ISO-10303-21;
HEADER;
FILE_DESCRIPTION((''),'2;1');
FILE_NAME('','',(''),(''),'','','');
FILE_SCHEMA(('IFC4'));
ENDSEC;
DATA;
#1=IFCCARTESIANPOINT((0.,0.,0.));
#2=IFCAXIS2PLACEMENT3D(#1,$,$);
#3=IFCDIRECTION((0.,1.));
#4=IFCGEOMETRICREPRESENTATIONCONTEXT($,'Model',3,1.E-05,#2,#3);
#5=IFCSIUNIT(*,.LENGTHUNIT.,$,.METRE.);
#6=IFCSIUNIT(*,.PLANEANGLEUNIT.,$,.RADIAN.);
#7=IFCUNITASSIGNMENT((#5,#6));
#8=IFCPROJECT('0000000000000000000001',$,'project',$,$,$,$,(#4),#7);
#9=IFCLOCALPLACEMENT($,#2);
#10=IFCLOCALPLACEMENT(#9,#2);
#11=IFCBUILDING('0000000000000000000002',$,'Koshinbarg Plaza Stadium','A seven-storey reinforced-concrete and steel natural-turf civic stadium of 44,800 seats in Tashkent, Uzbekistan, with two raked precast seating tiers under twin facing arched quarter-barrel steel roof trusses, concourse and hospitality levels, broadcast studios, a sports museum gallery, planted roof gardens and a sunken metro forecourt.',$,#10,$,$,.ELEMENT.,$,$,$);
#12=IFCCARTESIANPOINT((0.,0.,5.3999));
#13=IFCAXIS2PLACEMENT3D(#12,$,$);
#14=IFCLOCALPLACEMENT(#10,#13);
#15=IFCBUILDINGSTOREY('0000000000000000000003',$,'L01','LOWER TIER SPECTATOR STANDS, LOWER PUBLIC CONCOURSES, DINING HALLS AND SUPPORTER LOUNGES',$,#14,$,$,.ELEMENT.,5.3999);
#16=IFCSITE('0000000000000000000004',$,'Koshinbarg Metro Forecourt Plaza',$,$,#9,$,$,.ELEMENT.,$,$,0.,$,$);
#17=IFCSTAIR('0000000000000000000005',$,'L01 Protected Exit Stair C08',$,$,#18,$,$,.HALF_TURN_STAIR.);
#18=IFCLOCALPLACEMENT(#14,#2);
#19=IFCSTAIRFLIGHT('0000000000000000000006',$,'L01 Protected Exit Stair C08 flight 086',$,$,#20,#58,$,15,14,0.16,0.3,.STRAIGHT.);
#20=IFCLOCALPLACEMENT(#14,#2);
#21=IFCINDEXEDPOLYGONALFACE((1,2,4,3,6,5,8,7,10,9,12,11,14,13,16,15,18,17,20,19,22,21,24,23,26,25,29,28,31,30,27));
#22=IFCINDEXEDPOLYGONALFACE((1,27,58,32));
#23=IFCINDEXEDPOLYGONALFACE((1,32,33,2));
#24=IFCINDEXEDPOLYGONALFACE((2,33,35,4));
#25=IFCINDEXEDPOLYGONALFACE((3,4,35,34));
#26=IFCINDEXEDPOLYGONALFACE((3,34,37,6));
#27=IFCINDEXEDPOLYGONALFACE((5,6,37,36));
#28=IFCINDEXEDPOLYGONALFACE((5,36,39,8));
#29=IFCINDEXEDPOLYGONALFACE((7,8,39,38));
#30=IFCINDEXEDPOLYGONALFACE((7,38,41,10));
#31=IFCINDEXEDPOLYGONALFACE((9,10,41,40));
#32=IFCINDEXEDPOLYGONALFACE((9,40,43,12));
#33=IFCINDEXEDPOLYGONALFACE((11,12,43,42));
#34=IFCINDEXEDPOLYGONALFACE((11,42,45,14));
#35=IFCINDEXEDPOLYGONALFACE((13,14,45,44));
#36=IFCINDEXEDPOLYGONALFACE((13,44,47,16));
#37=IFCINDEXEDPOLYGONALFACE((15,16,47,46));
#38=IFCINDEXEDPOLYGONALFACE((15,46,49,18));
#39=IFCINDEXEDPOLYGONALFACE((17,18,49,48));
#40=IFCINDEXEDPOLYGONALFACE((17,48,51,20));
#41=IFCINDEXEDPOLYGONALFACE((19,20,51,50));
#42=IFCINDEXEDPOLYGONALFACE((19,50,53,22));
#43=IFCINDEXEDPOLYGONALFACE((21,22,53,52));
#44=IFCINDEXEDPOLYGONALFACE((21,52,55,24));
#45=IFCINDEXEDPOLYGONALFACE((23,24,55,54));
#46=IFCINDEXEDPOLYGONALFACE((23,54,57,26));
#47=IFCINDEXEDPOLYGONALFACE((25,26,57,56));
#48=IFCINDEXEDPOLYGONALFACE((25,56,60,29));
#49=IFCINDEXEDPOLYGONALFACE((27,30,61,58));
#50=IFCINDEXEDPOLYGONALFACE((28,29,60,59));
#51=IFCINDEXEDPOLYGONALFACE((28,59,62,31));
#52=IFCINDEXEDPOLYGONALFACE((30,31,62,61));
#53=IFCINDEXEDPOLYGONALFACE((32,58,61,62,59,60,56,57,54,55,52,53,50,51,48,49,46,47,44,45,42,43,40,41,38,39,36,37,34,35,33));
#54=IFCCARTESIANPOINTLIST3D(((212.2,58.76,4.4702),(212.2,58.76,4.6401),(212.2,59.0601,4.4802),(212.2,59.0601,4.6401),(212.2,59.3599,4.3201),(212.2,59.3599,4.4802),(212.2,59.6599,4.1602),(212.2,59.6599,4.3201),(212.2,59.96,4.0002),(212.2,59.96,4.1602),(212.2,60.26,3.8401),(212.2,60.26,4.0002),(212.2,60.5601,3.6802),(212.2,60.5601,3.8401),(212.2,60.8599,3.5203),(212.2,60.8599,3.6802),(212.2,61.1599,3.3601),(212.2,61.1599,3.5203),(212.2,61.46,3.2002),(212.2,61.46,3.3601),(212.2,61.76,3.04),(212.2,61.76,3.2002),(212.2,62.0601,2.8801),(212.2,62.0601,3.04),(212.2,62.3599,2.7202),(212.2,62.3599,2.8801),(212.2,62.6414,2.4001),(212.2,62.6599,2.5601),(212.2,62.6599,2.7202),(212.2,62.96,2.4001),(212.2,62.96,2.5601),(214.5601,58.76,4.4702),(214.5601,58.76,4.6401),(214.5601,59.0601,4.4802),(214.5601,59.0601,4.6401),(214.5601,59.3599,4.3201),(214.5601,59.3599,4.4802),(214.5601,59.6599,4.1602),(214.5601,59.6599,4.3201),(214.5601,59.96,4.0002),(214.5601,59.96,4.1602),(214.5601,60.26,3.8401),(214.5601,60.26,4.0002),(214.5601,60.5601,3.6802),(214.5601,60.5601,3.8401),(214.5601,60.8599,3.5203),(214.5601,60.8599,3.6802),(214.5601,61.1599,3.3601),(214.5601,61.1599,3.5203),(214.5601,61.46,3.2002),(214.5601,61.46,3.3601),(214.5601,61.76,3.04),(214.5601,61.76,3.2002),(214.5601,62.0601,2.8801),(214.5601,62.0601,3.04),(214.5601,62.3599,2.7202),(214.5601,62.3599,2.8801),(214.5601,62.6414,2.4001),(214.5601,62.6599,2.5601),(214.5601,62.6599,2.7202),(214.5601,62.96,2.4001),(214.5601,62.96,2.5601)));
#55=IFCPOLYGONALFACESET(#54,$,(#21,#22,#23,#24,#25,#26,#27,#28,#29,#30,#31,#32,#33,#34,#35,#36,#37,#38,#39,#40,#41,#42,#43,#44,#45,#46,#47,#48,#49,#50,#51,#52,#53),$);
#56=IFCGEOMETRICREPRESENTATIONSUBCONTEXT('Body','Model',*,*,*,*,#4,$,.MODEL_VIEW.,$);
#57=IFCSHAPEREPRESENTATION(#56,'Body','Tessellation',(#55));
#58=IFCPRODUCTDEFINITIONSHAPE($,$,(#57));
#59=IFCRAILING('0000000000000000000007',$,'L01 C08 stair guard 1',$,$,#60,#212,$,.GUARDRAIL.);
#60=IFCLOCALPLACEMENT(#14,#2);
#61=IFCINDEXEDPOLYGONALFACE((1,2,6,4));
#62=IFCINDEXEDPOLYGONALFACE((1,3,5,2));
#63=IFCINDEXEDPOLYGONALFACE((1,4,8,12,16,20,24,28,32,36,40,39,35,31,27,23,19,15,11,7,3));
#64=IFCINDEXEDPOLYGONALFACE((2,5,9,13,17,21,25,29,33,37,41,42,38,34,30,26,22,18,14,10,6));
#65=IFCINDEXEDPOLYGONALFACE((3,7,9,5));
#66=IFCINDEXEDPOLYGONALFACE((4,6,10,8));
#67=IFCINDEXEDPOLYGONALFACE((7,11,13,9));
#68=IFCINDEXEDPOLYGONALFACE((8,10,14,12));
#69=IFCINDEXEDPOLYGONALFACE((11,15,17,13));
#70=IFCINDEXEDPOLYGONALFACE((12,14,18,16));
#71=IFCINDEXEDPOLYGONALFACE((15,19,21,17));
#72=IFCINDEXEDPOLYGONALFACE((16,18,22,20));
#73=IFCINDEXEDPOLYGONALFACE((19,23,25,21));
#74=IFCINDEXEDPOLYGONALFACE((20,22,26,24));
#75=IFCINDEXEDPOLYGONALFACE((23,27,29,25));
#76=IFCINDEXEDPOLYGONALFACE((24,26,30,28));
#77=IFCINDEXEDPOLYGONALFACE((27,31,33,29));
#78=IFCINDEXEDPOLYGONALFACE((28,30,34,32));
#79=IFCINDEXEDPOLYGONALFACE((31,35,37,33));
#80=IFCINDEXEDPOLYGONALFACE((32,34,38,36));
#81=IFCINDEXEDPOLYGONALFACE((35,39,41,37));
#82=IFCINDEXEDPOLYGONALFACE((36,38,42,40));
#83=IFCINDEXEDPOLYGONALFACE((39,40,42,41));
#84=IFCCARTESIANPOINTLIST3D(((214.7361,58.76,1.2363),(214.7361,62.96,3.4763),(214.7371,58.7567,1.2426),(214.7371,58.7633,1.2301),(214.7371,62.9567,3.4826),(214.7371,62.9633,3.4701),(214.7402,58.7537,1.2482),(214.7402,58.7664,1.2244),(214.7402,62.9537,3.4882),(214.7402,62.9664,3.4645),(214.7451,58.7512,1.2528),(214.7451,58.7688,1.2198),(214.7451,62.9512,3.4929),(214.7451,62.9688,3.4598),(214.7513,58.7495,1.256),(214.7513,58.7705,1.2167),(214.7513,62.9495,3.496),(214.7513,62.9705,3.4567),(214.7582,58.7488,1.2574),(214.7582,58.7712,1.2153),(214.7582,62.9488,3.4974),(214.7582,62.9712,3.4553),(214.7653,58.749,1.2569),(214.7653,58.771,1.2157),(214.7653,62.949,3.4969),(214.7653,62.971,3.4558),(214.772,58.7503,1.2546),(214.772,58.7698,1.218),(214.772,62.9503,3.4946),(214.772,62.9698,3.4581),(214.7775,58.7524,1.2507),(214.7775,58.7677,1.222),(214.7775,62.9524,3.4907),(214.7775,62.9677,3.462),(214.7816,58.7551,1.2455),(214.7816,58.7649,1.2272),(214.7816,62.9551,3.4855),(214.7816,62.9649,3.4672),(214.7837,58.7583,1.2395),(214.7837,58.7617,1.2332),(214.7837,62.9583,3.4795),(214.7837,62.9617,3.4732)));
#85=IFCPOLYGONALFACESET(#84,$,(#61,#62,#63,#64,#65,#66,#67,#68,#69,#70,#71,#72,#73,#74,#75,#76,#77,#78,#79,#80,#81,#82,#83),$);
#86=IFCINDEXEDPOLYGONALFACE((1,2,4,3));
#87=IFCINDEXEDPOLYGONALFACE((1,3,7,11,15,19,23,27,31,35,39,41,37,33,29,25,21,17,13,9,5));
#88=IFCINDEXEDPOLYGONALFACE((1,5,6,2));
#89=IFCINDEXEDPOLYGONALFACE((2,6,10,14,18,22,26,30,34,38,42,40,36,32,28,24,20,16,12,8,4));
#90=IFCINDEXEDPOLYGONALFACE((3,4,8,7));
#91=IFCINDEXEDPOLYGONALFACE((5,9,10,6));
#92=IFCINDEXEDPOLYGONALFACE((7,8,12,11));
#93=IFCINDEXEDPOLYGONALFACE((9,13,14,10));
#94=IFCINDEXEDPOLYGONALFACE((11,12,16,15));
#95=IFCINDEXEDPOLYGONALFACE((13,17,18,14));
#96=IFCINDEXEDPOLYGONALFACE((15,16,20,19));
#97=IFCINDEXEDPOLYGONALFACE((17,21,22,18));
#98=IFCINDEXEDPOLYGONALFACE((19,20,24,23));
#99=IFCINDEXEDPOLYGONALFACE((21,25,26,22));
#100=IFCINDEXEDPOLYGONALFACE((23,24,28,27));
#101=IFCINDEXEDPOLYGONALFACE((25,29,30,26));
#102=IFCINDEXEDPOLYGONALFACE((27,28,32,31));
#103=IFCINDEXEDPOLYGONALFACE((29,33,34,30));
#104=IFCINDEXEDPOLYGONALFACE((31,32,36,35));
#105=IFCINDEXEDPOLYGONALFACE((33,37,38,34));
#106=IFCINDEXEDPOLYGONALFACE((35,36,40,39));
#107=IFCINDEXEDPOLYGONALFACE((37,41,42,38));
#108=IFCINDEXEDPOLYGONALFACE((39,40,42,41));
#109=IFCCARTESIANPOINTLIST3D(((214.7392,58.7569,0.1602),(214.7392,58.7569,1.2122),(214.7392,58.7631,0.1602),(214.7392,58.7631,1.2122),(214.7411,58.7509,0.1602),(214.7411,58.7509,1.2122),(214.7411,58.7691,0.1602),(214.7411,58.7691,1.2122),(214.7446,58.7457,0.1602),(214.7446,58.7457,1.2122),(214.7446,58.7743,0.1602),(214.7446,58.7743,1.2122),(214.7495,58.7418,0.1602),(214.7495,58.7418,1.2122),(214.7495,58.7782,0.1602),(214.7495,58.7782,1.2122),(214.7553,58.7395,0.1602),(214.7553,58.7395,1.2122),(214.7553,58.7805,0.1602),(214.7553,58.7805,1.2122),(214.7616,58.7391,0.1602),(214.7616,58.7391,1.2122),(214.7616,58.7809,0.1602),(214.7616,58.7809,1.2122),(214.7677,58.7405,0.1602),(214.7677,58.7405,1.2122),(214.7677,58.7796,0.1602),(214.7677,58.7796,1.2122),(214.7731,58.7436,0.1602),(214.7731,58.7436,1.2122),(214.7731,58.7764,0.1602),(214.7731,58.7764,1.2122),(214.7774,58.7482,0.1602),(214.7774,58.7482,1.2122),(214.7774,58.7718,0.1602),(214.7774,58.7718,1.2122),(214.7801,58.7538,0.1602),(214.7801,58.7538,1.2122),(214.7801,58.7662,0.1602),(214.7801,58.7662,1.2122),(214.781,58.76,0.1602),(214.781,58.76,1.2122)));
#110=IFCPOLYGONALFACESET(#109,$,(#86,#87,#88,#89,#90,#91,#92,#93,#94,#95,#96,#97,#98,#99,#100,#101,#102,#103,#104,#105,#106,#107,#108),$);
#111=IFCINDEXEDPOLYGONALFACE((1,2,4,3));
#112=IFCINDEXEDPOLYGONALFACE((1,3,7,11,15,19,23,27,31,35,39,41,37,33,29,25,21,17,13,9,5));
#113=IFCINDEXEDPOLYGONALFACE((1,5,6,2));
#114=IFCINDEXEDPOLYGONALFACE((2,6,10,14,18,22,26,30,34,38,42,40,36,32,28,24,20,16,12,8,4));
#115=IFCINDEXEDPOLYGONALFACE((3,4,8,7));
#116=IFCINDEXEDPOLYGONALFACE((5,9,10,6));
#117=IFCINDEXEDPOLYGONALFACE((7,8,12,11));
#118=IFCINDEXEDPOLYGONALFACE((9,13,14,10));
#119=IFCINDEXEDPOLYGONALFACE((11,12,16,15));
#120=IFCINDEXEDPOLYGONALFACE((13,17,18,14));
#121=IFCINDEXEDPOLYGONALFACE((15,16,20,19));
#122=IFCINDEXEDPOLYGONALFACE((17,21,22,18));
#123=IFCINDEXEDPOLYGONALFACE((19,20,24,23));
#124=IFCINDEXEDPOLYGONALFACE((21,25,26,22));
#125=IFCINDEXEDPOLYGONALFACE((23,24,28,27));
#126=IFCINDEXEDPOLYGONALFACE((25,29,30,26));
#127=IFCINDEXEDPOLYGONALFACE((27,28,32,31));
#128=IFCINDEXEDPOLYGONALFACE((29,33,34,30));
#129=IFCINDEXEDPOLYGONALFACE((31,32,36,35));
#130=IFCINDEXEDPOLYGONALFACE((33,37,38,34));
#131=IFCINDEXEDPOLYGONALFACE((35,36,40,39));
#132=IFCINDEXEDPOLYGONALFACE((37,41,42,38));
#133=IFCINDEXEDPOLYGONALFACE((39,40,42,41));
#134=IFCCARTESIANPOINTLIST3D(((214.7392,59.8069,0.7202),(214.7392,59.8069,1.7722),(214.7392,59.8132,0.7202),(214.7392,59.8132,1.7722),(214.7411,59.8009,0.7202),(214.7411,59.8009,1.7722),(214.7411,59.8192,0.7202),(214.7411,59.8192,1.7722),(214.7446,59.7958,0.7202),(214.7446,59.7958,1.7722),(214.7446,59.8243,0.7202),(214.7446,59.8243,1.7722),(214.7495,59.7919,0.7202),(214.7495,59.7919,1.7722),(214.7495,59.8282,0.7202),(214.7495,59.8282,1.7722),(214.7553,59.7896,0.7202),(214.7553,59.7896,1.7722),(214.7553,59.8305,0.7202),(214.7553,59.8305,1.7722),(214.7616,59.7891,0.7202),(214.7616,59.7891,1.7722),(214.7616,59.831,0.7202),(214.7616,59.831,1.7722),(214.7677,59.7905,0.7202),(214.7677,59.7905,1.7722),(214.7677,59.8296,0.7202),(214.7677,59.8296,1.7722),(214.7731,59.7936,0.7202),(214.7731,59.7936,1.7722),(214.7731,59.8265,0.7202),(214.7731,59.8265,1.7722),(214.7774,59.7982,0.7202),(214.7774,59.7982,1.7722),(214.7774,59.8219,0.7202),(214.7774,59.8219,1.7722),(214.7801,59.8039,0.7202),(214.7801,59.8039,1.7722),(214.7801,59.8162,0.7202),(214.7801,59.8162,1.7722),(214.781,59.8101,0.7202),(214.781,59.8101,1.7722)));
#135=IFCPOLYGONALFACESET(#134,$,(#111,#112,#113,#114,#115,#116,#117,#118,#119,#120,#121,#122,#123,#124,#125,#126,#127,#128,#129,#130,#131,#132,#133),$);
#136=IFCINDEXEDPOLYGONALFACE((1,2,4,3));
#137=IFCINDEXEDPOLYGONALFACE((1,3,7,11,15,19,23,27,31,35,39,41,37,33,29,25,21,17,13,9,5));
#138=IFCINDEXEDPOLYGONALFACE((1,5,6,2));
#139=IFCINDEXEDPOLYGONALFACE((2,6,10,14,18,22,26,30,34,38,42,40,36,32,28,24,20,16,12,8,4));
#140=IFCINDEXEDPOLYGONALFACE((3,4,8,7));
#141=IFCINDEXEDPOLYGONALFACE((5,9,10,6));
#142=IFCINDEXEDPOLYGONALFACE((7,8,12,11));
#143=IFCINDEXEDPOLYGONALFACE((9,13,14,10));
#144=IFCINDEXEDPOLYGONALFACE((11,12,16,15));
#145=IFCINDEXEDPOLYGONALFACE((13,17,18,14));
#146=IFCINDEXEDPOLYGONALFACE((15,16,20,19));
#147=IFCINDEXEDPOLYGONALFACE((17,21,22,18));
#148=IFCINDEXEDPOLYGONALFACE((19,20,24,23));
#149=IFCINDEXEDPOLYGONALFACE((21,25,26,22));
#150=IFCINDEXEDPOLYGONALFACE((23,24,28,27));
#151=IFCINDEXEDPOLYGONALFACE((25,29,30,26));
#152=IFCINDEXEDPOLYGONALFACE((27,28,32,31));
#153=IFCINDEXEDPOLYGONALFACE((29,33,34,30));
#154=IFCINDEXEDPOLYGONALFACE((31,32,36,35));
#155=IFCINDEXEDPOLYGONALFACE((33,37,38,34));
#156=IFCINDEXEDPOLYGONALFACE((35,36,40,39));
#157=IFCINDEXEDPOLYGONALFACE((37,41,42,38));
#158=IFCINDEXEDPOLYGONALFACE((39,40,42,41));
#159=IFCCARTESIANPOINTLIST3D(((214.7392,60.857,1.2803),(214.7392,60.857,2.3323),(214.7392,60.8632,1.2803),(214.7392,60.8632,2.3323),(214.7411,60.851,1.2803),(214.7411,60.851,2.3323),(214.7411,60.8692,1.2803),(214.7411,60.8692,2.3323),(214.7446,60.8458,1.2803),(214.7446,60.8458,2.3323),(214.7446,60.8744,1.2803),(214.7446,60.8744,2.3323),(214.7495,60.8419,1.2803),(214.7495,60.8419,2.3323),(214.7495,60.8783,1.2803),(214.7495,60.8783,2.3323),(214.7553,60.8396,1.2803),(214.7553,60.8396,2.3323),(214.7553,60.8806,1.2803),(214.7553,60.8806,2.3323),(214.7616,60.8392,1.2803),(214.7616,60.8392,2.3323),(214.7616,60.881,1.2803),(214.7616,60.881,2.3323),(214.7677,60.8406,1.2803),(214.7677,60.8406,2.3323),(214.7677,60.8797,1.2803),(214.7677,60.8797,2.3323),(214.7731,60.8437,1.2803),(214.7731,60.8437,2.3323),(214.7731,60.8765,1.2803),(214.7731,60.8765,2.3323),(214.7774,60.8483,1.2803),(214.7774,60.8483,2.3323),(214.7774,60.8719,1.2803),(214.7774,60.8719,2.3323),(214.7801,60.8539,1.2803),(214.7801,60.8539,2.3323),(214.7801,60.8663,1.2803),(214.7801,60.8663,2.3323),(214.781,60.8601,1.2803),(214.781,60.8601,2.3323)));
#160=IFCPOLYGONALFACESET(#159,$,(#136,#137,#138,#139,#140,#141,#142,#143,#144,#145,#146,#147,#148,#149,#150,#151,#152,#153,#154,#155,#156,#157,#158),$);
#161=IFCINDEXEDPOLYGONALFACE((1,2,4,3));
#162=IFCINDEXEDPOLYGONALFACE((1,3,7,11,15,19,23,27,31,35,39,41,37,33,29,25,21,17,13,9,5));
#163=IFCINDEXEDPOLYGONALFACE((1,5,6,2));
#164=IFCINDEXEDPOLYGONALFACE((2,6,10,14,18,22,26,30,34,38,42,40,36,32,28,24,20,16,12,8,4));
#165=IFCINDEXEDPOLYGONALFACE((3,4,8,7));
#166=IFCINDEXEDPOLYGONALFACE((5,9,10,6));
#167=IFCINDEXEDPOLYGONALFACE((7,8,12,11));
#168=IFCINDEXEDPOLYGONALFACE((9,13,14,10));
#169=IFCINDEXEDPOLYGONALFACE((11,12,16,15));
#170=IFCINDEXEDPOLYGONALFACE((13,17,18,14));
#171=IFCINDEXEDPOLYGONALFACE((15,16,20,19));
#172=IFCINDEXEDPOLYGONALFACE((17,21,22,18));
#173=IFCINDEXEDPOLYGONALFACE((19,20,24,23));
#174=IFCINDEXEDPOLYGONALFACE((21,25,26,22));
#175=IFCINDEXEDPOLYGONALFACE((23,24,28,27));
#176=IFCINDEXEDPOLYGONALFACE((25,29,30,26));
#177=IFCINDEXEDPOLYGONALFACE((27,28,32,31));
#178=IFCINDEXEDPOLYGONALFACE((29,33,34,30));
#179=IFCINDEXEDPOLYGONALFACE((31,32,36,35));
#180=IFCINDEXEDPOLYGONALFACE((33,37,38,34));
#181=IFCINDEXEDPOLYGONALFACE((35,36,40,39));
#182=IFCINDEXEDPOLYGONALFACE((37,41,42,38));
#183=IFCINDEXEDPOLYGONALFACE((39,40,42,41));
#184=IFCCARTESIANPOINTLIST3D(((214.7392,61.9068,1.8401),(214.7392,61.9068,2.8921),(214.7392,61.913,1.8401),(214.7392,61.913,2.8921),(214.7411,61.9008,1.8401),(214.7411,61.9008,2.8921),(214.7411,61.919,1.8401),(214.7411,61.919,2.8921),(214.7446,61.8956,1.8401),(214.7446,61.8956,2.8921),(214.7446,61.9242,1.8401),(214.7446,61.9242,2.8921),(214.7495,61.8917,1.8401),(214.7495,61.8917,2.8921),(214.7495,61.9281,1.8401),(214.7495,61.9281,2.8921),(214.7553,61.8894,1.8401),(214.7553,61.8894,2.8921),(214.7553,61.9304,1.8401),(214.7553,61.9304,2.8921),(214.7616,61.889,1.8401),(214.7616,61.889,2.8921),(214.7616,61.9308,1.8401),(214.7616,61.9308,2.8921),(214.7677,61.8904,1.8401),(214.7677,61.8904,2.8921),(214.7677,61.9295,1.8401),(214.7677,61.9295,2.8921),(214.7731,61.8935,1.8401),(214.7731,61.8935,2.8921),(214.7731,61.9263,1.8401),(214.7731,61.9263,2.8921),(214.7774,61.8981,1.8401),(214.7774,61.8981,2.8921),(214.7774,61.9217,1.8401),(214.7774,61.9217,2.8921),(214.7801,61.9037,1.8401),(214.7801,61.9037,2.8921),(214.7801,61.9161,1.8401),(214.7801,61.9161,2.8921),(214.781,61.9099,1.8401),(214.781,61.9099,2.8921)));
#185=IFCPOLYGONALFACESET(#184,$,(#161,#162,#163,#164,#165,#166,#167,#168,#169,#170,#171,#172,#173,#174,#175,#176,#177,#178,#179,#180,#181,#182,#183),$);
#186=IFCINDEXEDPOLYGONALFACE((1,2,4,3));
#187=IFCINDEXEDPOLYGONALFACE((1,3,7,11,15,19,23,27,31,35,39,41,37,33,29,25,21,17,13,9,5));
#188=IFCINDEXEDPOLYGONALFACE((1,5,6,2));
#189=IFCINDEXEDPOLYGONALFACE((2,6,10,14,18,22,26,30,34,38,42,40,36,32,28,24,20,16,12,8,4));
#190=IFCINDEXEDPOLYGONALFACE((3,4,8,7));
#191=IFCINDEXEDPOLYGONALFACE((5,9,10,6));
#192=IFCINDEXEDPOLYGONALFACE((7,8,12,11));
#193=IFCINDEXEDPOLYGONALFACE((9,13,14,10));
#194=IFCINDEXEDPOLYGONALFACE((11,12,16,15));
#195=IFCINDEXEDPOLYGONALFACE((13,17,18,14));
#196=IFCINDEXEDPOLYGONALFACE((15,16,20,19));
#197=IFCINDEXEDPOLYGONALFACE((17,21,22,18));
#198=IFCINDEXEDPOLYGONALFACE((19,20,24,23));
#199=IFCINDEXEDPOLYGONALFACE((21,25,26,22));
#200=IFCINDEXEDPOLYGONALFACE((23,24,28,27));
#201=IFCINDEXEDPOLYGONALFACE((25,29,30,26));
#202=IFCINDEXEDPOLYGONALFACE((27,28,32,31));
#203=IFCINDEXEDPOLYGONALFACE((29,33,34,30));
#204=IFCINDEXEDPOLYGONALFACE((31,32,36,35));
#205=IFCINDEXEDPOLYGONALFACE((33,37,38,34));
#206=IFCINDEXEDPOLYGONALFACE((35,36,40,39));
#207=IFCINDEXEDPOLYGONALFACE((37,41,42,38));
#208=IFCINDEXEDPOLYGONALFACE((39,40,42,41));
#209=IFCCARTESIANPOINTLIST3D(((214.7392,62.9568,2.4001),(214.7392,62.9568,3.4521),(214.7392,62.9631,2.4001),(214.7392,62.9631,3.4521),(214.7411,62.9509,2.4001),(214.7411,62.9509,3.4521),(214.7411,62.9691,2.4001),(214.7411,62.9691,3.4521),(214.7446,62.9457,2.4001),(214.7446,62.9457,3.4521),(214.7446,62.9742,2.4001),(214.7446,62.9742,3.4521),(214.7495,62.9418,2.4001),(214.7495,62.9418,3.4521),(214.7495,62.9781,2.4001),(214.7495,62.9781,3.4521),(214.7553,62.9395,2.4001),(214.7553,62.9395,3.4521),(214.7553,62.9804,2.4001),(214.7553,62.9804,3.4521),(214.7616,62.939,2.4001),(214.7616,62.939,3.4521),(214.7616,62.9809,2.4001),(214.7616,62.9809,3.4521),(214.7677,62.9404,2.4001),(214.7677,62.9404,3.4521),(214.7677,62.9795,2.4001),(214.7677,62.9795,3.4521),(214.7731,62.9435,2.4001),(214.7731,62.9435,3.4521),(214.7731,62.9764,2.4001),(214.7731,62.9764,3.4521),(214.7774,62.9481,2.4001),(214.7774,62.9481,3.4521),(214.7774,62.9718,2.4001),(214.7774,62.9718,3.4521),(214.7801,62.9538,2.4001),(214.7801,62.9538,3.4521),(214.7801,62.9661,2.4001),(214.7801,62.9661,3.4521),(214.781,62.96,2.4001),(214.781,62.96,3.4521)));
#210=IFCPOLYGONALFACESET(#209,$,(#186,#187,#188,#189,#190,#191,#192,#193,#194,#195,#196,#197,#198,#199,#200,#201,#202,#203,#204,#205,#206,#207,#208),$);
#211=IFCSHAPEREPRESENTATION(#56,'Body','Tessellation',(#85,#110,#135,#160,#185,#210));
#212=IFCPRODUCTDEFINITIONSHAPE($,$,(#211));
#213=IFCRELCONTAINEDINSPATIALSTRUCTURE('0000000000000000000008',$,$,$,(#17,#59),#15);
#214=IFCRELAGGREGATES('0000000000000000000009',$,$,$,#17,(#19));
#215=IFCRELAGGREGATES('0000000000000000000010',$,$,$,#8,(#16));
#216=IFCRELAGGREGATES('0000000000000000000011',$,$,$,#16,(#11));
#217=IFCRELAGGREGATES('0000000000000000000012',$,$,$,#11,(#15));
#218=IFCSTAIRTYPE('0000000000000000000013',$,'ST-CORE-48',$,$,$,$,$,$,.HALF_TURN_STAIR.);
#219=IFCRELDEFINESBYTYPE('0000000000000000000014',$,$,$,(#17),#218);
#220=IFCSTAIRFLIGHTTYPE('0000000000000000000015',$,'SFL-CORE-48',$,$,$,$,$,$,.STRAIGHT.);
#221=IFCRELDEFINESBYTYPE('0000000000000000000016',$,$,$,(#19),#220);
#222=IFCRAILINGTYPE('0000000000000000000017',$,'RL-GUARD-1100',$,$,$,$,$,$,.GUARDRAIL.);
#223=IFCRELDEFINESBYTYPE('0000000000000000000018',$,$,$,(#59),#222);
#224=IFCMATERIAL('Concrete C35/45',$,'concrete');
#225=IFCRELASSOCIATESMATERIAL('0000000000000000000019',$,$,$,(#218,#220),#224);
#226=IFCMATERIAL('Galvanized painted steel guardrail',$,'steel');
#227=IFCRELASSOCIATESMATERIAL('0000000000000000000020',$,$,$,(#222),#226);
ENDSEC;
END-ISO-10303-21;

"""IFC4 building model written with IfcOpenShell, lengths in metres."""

from ifc_helpers import new_model, si_unit, direction, frame, origin, origin_2d, place, context, subcontext, project, spatial, polyline, circle, outline, extrude, material, type_object, element, aggregate, save


model = new_model("IFC4")

# Units and contexts
model_context = context("Model", 3, precision=1e-05, world=origin(), true_north=direction((0.0, 1.0)))
body_context = subcontext(model_context, "Body", "Model", "MODEL_VIEW")
ifc_project = project(units=[si_unit("LENGTHUNIT", "METRE"), si_unit("PLANEANGLEUNIT", "RADIAN")], contexts=[model_context])

# Site, building, storey
site_placement = place(None, origin())
site = spatial("IfcSite", under=ifc_project, at=site_placement, Name="Koshinbarg Metro Forecourt Plaza", CompositionType="ELEMENT", RefElevation=0.0)
building_placement = place(site_placement, origin())
building = spatial("IfcBuilding", under=site, at=building_placement, Name="Koshinbarg Plaza Stadium", Description="A seven-storey reinforced-concrete and steel natural-turf civic stadium of 44,800 seats in Tashkent, Uzbekistan, with two raked precast seating tiers under twin facing arched quarter-barrel steel roof trusses, concourse and hospitality levels, broadcast studios, a sports museum gallery, planted roof gardens and a sunken metro forecourt.", CompositionType="ELEMENT")
storey_placement = place(building_placement, frame((0.0, 0.0, 5.3999)))
storey = spatial("IfcBuildingStorey", under=building, at=storey_placement, Name="L01", Description="LOWER TIER SPECTATOR STANDS, LOWER PUBLIC CONCOURSES, DINING HALLS AND SUPPORTER LOUNGES", CompositionType="ELEMENT", Elevation=5.3999)

# Stair, stair flight
ifc_material_1 = material(Name="Concrete C35/45", Category="concrete")
stair_type = type_object("IfcStairType", Name="ST-CORE-48", PredefinedType="HALF_TURN_STAIR", material=ifc_material_1)
stair_placement = place(storey_placement, origin())
stair = element("IfcStair", 1, at=stair_placement, inside=storey, type_object=stair_type, Name="L01 Protected Exit Stair C08", PredefinedType="HALF_TURN_STAIR")
stair_flight_type = type_object("IfcStairFlightType", Name="SFL-CORE-48", PredefinedType="STRAIGHT", material=ifc_material_1)
stair_flight_1_placement = place(storey_placement, frame((213.3799, 62.96, 2.4001), z_axis=(0.0, 0.0, 1.0), x_axis=(0.0, -1.0, 0.0)))
stair_flight_1 = element("IfcStairFlight", 2, at=stair_flight_1_placement, type_object=stair_flight_type, Name="L01 Protected Exit Stair C08 flight 086", NumberOfRisers=15, NumberOfTreads=14, PredefinedType="STRAIGHT", RiserHeight=0.16, TreadLength=0.3, context=body_context, shape_type="SweptSolid", body=[
    extrude(outline(polyline([(0.0, 0.0), (0.0, 0.1599), (0.3, 0.1599), (0.3, 0.3201), (0.6001, 0.3201), (0.6001, 0.48), (0.8999, 0.48), (0.8999, 0.6399), (1.2, 0.6399), (1.2, 0.8), (1.5, 0.8), (1.5, 0.96), (1.8, 0.96), (1.8, 1.1201), (2.1001, 1.1201), (2.1001, 1.28), (2.3999, 1.28), (2.3999, 1.4399), (2.7, 1.4399), (2.7, 1.6001), (3.0, 1.6001), (3.0, 1.76), (3.3, 1.76), (3.3, 1.9199), (3.6001, 1.9199), (3.6001, 2.0801), (3.8999, 2.0801), (3.8999, 2.24), (4.2, 2.24), (4.2, 2.3999), (4.2, 2.0701), (0.3186, 0.0), (0.0, 0.0)])), frame((0.0, 1.1802, 0.0), z_axis=(0.0, -1.0, 0.0), x_axis=(1.0, 0.0, 0.0)), (0.0, 0.0, 1.0), 2.3601),
])
aggregate(stair, [stair_flight_1])

# Railing
ifc_material_2 = material(Name="Galvanized painted steel guardrail", Category="steel")
railing_type_1 = type_object("IfcRailingType", Name="RL-GUARD-1100", PredefinedType="GUARDRAIL", material=ifc_material_2)
railing_1_placement = place(storey_placement, frame((214.76, 58.76, 0.1602)))
element("IfcRailing", 3, at=railing_1_placement, inside=storey, type_object=railing_type_1, Name="L01 C08 stair guard 1", PredefinedType="GUARDRAIL", context=body_context, shape_type="SweptSolid", body=[
    extrude(circle(Radius=0.0239, at=origin_2d()), frame((0.0, 0.0, 1.0762), z_axis=(0.0, 0.882352, 0.470591), x_axis=(-1.0, 0.0, 0.0)), (0.0, 0.0, 1.0), 4.76),
    extrude(circle(Radius=0.021, at=origin_2d()), origin(), (0.0, 0.0, 1.0), 1.052),
    extrude(circle(Radius=0.021, at=origin_2d()), frame((0.0, 1.05, 0.5601)), (0.0, 0.0, 1.0), 1.052),
    extrude(circle(Radius=0.021, at=origin_2d()), frame((0.0, 2.1001, 1.1201)), (0.0, 0.0, 1.0), 1.052),
    extrude(circle(Radius=0.021, at=origin_2d()), frame((0.0, 3.1499, 1.6799)), (0.0, 0.0, 1.0), 1.052),
    extrude(circle(Radius=0.021, at=origin_2d()), frame((0.0, 4.2, 2.24)), (0.0, 0.0, 1.0), 1.052),
])

save(model, "model.ifc")
